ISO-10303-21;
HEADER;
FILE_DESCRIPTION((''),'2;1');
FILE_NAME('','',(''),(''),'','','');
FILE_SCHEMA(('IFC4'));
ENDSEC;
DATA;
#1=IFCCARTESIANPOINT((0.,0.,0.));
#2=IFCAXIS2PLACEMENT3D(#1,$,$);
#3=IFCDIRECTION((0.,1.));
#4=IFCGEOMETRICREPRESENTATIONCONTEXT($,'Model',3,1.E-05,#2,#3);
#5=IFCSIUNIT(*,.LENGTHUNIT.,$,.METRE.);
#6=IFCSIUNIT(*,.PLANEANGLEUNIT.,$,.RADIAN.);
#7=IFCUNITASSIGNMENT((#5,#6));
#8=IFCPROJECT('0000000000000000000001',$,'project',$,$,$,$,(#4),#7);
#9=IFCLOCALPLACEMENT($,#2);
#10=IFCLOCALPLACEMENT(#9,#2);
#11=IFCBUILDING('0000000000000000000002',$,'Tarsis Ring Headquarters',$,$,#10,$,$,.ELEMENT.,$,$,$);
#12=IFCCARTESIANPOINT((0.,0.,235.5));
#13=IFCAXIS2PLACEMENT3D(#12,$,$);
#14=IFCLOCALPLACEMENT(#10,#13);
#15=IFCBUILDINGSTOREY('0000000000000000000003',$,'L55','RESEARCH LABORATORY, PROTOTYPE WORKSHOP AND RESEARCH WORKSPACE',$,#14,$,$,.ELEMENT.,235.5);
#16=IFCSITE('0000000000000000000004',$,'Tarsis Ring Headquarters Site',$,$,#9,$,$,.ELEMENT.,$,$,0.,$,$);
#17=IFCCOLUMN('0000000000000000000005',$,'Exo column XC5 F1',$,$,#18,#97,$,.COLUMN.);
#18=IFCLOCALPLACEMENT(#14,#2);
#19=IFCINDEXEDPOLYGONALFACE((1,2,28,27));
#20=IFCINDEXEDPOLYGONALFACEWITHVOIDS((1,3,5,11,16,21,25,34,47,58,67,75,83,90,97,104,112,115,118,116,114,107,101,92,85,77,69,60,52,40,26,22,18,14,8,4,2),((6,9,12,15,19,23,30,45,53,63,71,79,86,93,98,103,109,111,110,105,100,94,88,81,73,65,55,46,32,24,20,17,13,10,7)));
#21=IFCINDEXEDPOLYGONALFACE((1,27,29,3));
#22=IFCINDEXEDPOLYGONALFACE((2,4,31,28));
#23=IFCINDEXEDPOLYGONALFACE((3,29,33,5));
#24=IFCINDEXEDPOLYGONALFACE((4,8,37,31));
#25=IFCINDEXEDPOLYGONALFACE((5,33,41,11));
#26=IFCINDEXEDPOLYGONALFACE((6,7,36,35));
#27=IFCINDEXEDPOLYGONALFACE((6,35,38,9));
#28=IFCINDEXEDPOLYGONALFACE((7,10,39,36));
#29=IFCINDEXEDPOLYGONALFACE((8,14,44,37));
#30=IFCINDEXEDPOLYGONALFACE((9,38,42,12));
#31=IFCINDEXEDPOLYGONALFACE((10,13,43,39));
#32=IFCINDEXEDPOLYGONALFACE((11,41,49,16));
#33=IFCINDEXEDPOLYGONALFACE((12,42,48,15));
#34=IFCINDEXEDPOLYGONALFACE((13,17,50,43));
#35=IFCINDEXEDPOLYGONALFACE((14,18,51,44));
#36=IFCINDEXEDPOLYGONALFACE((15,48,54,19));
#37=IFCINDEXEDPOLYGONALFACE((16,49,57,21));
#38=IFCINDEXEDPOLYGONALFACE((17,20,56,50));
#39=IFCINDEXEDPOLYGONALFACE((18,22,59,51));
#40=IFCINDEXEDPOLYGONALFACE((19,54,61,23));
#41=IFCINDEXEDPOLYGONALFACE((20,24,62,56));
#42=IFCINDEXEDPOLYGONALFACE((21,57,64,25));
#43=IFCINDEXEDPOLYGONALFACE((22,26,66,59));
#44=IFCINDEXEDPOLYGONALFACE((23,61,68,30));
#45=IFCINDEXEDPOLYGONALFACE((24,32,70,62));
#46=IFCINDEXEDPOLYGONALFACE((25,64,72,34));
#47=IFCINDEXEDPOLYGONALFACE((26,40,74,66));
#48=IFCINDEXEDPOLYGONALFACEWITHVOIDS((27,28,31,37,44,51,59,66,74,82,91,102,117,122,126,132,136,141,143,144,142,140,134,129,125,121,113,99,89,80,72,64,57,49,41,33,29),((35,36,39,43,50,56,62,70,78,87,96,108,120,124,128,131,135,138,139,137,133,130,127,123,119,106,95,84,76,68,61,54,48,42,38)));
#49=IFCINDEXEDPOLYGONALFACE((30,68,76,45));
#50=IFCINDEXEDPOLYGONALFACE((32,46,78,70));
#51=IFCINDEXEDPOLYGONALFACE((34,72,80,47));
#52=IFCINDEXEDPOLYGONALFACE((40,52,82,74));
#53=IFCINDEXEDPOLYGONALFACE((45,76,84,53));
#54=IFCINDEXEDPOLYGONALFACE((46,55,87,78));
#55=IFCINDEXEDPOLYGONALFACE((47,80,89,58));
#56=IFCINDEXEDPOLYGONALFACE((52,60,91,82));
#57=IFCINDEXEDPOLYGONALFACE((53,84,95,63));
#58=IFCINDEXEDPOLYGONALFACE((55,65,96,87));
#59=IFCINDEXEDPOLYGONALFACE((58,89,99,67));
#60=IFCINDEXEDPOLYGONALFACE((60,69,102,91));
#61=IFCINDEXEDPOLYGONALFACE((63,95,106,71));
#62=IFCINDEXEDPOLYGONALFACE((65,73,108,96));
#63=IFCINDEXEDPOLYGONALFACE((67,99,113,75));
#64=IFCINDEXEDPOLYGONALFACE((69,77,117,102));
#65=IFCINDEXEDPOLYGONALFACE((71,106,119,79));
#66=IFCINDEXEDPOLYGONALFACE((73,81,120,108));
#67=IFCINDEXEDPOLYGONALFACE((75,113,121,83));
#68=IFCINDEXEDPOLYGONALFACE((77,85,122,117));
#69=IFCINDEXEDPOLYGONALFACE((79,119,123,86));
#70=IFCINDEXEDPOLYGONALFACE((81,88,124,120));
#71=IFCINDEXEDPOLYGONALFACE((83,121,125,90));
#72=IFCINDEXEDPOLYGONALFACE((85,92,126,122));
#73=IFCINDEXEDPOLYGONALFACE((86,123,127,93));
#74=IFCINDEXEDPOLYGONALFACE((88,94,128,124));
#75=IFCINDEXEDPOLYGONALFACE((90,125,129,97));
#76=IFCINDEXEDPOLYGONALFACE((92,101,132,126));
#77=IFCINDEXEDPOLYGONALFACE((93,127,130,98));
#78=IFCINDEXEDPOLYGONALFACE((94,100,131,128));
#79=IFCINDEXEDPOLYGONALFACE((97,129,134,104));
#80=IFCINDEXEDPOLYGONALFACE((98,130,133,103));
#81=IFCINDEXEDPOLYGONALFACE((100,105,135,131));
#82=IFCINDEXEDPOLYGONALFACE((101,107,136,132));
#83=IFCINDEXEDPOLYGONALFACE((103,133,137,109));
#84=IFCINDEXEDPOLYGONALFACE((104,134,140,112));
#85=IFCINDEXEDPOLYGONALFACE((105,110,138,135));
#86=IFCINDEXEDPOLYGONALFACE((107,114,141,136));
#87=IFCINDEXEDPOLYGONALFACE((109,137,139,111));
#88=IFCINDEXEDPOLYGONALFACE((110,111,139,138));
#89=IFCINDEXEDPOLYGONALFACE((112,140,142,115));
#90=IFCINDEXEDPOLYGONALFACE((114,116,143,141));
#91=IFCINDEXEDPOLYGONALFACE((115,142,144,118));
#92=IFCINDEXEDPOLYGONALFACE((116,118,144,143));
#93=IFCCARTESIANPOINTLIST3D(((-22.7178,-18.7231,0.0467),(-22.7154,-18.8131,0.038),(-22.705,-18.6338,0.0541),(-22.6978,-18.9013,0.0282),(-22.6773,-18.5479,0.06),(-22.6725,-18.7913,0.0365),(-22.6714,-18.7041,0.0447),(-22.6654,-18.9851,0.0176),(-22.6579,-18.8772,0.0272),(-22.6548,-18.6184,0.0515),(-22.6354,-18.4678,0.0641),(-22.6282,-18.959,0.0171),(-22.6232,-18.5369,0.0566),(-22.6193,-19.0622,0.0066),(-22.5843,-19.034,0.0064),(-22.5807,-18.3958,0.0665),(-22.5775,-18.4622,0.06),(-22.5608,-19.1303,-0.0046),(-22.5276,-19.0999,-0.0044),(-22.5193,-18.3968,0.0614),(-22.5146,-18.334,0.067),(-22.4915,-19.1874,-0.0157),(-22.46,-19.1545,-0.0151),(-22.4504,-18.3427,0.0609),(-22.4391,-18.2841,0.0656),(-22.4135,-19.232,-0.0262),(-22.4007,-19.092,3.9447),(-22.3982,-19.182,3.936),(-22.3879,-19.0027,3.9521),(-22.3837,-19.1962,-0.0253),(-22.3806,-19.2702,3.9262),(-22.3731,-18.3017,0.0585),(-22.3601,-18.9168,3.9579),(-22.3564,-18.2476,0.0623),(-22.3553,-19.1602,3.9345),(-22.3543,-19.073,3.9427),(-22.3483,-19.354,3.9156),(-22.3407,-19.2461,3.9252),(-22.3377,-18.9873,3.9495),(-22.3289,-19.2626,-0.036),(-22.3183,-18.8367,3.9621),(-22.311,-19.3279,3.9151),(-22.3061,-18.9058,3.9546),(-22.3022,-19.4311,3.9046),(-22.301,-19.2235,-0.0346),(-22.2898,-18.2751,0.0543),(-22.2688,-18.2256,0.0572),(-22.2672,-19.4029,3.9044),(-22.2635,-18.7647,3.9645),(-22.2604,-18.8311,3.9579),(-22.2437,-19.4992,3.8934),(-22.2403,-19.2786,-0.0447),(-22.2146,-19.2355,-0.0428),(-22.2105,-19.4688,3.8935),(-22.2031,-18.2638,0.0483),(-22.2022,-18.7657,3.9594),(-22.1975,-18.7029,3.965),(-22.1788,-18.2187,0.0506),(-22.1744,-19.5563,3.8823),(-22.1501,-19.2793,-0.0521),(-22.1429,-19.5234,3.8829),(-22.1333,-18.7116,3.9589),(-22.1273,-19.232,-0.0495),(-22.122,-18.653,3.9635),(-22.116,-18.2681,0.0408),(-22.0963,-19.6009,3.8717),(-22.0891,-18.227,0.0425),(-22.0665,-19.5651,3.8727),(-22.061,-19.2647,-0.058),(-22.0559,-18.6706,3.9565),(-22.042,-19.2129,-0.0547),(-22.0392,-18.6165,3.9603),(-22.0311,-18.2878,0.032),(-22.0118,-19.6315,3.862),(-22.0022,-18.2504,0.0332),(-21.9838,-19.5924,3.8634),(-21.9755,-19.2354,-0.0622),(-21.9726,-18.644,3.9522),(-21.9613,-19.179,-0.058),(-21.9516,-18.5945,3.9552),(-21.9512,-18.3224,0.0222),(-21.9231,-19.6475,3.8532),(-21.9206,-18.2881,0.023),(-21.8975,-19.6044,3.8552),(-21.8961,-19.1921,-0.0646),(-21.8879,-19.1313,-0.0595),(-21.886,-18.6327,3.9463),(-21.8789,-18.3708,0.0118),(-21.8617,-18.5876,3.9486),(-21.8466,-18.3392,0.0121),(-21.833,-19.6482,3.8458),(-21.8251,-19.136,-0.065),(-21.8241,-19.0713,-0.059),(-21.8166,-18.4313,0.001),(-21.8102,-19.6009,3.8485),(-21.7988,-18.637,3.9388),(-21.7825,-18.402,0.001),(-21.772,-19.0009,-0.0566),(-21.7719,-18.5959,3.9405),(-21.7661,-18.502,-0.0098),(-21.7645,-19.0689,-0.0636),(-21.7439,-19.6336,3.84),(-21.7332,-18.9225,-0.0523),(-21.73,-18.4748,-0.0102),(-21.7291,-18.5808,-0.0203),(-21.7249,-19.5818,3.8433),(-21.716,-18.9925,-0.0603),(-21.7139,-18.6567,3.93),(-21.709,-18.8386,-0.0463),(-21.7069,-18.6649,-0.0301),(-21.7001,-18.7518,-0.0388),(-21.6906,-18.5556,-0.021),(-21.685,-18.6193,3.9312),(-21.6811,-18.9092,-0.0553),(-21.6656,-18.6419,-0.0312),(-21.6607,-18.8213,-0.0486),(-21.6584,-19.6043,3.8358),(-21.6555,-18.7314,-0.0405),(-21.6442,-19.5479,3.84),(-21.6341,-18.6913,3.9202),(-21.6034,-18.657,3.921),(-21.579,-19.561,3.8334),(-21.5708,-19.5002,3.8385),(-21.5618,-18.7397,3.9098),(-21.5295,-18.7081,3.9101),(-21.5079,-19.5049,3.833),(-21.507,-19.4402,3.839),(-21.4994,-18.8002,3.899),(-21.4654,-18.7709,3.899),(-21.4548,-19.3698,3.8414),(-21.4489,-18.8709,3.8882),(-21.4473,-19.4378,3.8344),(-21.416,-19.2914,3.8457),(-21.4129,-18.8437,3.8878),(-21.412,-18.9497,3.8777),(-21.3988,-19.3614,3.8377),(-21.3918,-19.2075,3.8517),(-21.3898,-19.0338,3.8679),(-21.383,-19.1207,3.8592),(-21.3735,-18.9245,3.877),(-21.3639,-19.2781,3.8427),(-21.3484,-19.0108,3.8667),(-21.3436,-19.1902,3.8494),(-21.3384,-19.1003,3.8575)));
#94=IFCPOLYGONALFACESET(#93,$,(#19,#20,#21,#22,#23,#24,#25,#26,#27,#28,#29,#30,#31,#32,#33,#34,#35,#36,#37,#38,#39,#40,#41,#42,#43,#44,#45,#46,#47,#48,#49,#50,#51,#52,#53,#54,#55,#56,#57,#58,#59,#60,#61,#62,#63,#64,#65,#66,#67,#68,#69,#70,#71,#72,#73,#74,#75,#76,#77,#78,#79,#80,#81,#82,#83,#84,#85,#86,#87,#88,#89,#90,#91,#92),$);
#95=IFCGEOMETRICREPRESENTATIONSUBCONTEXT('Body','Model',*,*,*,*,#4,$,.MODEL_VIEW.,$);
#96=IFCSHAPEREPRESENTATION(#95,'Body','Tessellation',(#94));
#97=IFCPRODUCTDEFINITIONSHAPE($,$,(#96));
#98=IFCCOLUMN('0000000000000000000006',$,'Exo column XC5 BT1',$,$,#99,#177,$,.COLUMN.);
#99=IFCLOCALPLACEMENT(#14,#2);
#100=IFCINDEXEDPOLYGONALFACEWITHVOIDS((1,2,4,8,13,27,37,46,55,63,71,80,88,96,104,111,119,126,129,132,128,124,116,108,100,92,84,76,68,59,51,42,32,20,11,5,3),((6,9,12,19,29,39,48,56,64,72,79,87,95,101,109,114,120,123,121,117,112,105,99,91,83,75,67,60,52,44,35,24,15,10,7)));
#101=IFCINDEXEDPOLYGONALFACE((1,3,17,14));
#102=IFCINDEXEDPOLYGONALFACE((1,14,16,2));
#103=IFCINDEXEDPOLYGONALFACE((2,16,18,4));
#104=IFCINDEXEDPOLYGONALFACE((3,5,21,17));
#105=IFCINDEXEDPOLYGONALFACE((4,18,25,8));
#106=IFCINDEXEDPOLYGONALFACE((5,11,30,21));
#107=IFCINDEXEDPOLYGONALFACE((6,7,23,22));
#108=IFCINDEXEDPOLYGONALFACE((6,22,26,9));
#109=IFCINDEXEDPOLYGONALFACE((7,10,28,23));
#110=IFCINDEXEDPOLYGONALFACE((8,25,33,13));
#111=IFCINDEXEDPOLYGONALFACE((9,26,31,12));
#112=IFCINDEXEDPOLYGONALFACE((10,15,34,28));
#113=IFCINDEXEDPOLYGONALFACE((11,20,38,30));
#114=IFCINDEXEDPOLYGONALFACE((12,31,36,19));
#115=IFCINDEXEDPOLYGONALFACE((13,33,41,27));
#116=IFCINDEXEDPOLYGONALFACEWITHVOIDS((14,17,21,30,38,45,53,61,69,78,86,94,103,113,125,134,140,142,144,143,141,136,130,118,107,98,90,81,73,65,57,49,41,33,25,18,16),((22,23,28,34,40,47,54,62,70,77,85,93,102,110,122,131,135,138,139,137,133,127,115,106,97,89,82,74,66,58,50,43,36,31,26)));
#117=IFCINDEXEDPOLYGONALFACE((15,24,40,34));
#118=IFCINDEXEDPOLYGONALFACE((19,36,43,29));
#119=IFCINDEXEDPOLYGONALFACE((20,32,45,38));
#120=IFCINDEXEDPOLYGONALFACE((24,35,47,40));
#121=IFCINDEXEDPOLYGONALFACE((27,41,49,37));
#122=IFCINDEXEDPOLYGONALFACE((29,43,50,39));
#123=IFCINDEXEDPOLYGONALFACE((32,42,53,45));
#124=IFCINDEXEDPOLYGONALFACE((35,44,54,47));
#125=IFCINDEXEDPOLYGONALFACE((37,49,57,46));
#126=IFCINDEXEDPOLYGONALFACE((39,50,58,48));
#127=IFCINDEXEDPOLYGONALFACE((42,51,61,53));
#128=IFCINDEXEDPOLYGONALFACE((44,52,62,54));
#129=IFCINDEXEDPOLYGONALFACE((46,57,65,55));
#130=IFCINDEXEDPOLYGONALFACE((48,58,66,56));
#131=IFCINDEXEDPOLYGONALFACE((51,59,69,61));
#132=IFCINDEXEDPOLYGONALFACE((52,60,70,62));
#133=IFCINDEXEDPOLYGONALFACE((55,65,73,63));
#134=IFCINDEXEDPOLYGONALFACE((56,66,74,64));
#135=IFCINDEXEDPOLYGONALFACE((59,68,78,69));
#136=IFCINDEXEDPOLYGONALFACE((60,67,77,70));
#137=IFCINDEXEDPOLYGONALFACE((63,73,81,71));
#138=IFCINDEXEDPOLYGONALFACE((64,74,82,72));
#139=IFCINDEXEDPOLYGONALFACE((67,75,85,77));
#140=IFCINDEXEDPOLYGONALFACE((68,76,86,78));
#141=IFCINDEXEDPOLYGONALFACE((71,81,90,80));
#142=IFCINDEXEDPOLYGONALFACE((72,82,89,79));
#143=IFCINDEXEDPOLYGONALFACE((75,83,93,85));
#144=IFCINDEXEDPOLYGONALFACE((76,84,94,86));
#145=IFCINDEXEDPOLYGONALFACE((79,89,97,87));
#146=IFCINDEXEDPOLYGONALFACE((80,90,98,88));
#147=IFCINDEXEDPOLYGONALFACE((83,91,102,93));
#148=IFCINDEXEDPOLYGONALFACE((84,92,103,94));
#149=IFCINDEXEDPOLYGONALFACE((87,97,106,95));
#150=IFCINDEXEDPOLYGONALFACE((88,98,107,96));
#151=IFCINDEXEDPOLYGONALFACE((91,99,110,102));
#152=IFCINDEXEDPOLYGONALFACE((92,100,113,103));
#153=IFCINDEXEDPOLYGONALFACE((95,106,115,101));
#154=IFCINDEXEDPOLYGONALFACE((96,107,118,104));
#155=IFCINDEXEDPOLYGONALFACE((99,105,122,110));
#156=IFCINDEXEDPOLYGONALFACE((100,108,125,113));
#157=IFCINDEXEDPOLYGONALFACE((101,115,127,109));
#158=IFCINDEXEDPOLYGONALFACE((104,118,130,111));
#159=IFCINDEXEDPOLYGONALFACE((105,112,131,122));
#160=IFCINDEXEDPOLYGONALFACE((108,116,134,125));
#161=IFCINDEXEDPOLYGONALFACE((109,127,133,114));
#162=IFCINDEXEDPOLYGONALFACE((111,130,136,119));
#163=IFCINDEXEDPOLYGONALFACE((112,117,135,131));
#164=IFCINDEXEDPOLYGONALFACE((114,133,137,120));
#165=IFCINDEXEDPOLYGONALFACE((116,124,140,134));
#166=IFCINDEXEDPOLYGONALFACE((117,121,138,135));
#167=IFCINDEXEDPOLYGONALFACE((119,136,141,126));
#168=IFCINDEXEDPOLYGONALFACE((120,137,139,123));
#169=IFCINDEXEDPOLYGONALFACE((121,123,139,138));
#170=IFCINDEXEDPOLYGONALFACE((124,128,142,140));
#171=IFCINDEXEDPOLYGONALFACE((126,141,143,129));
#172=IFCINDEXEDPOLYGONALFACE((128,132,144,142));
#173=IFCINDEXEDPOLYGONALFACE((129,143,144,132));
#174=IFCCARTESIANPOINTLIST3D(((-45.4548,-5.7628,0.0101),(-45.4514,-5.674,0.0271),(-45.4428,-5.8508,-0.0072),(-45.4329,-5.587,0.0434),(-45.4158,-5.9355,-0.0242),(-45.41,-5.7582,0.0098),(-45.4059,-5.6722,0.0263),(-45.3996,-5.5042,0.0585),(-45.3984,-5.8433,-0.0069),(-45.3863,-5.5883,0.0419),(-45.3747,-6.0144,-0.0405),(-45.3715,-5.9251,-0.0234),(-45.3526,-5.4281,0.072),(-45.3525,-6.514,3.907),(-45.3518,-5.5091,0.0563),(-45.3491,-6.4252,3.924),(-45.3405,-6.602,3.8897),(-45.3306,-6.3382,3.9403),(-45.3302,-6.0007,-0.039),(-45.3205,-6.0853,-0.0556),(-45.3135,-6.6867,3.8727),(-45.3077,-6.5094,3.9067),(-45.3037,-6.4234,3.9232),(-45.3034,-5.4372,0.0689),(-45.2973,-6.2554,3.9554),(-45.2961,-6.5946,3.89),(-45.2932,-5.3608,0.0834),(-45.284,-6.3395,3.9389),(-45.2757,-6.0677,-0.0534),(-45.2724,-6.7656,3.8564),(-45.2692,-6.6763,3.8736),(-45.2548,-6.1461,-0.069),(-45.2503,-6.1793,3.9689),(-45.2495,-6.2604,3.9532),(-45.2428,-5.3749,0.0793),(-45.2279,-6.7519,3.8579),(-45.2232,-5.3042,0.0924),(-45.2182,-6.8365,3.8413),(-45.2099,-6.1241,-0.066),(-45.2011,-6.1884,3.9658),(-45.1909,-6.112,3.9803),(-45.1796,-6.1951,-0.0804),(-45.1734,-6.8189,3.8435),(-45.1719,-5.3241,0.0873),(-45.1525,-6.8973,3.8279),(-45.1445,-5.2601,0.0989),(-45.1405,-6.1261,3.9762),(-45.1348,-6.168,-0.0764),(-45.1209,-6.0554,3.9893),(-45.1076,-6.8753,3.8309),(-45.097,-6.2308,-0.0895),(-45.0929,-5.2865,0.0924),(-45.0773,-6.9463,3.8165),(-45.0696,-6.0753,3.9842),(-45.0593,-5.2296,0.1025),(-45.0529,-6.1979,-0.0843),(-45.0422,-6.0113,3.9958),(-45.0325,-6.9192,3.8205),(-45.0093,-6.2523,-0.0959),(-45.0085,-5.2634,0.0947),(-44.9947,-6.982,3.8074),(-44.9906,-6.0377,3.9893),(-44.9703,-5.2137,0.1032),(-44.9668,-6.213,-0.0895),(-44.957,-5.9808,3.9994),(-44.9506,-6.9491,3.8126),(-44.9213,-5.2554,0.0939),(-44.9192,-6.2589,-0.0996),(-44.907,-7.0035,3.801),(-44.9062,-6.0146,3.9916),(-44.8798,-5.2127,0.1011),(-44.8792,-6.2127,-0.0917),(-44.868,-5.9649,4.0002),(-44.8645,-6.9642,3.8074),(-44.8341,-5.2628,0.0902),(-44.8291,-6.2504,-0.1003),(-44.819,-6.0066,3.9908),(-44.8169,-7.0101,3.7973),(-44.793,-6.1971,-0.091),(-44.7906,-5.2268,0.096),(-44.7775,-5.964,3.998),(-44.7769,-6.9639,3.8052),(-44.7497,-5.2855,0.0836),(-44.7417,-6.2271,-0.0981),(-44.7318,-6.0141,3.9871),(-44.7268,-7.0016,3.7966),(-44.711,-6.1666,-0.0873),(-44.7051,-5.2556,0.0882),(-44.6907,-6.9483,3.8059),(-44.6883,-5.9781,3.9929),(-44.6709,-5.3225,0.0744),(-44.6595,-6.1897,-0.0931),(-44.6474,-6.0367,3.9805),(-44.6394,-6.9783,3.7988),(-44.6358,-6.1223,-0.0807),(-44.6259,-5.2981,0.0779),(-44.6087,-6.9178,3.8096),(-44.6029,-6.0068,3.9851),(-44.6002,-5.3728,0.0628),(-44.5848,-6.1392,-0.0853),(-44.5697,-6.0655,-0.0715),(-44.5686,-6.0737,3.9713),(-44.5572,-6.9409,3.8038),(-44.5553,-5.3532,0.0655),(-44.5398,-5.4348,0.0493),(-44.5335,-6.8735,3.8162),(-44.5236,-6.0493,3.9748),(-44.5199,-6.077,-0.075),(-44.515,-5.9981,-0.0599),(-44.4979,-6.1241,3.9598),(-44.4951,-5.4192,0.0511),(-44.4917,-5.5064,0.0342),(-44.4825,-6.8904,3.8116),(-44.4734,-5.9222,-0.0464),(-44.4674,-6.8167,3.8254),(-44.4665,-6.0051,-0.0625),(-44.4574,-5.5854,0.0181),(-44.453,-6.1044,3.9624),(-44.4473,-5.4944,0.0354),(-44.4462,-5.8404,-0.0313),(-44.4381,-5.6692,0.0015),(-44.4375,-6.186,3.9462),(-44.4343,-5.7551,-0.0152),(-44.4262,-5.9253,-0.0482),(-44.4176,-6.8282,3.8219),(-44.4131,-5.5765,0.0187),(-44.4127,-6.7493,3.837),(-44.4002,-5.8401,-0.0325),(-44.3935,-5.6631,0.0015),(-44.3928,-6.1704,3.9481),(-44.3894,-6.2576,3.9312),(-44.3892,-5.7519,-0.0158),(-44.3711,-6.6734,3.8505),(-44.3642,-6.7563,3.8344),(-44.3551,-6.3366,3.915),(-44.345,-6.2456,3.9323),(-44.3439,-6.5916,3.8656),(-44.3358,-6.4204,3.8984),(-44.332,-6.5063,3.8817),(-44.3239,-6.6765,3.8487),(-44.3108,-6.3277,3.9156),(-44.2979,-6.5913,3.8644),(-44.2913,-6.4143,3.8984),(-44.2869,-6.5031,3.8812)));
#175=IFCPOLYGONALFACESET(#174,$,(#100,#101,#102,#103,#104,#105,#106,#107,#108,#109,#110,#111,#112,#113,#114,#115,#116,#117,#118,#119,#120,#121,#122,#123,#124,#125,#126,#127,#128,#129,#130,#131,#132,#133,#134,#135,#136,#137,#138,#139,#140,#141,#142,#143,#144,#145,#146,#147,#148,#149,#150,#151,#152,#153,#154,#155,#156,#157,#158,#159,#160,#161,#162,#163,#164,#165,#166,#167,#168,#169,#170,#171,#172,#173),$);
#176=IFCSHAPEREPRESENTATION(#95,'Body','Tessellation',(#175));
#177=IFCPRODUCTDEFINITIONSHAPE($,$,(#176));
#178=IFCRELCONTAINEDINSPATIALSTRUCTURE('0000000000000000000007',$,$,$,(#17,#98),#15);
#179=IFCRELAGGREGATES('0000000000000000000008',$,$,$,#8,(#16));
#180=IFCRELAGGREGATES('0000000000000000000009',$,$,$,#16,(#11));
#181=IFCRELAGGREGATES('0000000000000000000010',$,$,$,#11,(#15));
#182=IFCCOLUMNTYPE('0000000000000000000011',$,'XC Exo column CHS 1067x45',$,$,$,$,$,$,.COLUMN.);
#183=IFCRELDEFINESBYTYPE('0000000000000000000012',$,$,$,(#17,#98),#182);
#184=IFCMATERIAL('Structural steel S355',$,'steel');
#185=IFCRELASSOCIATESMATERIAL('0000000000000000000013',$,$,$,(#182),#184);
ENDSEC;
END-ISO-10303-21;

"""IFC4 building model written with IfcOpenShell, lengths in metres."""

from ifc_helpers import new_model, si_unit, direction, frame, origin, origin_2d, place, context, subcontext, project, spatial, hollow_circle, extrude, material, material_profile, profile_set, type_object, element, save


model = new_model("IFC4")

# Units and contexts
model_context = context("Model", 3, precision=1e-05, world=origin(), true_north=direction((0.0, 1.0)))
body_context = subcontext(model_context, "Body", "Model", "MODEL_VIEW")
ifc_project = project(units=[si_unit("LENGTHUNIT", "METRE"), si_unit("PLANEANGLEUNIT", "RADIAN")], contexts=[model_context])

# Site, building, storey
site_placement = place(None, origin())
site = spatial("IfcSite", under=ifc_project, at=site_placement, Name="Tarsis Ring Headquarters Site", CompositionType="ELEMENT", RefElevation=0.0)
building_placement = place(site_placement, origin())
building = spatial("IfcBuilding", under=site, at=building_placement, Name="Tarsis Ring Headquarters", CompositionType="ELEMENT")
storey_placement = place(building_placement, frame((0.0, 0.0, 235.5)))
storey = spatial("IfcBuildingStorey", under=building, at=storey_placement, Name="L55", Description="RESEARCH LABORATORY, PROTOTYPE WORKSHOP AND RESEARCH WORKSPACE", CompositionType="ELEMENT", Elevation=235.5)

# Columns
ifc_material_1 = material(Name="Structural steel S355", Category="steel")
ifc_material_profile_1 = material_profile(ifc_material_1, hollow_circle(Radius=0.5334, WallThickness=0.0449, at=origin_2d()), Name="CHS 1067x45")
ifc_profile_set_1 = profile_set([ifc_material_profile_1], Name="Structural steel S355")
column_type = type_object("IfcColumnType", Name="XC Exo column CHS 1067x45", PredefinedType="COLUMN", material=ifc_profile_set_1)
column_1_placement = place(storey_placement, frame((-22.187, -18.7498, 0.001), z_axis=(0.080734, -0.09391, 0.992302), x_axis=(0.758299, 0.651907, 0.0)))
element("IfcColumn", 1, at=column_1_placement, inside=storey, type_object=column_type, Name="Exo column XC5 F1", PredefinedType="COLUMN", context=body_context, shape_type="SweptSolid", body=[
    extrude(hollow_circle(Radius=0.5334, WallThickness=0.0449, at=origin_2d()), origin(), (0.0, 0.0, 1.0), 3.9282),
])
column_2_placement = place(storey_placement, frame((-44.9221, -5.7351, 0.0015), z_axis=(0.025767, -0.189223, 0.981596), x_axis=(0.990856, 0.134926, 0.0)))
element("IfcColumn", 2, at=column_2_placement, inside=storey, type_object=column_type, Name="Exo column XC5 BT1", PredefinedType="COLUMN", context=body_context, shape_type="SweptSolid", body=[
    extrude(hollow_circle(Radius=0.5334, WallThickness=0.0449, at=origin_2d()), origin(), (0.0, 0.0, 1.0), 3.97),
])

save(model, "model.ifc")
